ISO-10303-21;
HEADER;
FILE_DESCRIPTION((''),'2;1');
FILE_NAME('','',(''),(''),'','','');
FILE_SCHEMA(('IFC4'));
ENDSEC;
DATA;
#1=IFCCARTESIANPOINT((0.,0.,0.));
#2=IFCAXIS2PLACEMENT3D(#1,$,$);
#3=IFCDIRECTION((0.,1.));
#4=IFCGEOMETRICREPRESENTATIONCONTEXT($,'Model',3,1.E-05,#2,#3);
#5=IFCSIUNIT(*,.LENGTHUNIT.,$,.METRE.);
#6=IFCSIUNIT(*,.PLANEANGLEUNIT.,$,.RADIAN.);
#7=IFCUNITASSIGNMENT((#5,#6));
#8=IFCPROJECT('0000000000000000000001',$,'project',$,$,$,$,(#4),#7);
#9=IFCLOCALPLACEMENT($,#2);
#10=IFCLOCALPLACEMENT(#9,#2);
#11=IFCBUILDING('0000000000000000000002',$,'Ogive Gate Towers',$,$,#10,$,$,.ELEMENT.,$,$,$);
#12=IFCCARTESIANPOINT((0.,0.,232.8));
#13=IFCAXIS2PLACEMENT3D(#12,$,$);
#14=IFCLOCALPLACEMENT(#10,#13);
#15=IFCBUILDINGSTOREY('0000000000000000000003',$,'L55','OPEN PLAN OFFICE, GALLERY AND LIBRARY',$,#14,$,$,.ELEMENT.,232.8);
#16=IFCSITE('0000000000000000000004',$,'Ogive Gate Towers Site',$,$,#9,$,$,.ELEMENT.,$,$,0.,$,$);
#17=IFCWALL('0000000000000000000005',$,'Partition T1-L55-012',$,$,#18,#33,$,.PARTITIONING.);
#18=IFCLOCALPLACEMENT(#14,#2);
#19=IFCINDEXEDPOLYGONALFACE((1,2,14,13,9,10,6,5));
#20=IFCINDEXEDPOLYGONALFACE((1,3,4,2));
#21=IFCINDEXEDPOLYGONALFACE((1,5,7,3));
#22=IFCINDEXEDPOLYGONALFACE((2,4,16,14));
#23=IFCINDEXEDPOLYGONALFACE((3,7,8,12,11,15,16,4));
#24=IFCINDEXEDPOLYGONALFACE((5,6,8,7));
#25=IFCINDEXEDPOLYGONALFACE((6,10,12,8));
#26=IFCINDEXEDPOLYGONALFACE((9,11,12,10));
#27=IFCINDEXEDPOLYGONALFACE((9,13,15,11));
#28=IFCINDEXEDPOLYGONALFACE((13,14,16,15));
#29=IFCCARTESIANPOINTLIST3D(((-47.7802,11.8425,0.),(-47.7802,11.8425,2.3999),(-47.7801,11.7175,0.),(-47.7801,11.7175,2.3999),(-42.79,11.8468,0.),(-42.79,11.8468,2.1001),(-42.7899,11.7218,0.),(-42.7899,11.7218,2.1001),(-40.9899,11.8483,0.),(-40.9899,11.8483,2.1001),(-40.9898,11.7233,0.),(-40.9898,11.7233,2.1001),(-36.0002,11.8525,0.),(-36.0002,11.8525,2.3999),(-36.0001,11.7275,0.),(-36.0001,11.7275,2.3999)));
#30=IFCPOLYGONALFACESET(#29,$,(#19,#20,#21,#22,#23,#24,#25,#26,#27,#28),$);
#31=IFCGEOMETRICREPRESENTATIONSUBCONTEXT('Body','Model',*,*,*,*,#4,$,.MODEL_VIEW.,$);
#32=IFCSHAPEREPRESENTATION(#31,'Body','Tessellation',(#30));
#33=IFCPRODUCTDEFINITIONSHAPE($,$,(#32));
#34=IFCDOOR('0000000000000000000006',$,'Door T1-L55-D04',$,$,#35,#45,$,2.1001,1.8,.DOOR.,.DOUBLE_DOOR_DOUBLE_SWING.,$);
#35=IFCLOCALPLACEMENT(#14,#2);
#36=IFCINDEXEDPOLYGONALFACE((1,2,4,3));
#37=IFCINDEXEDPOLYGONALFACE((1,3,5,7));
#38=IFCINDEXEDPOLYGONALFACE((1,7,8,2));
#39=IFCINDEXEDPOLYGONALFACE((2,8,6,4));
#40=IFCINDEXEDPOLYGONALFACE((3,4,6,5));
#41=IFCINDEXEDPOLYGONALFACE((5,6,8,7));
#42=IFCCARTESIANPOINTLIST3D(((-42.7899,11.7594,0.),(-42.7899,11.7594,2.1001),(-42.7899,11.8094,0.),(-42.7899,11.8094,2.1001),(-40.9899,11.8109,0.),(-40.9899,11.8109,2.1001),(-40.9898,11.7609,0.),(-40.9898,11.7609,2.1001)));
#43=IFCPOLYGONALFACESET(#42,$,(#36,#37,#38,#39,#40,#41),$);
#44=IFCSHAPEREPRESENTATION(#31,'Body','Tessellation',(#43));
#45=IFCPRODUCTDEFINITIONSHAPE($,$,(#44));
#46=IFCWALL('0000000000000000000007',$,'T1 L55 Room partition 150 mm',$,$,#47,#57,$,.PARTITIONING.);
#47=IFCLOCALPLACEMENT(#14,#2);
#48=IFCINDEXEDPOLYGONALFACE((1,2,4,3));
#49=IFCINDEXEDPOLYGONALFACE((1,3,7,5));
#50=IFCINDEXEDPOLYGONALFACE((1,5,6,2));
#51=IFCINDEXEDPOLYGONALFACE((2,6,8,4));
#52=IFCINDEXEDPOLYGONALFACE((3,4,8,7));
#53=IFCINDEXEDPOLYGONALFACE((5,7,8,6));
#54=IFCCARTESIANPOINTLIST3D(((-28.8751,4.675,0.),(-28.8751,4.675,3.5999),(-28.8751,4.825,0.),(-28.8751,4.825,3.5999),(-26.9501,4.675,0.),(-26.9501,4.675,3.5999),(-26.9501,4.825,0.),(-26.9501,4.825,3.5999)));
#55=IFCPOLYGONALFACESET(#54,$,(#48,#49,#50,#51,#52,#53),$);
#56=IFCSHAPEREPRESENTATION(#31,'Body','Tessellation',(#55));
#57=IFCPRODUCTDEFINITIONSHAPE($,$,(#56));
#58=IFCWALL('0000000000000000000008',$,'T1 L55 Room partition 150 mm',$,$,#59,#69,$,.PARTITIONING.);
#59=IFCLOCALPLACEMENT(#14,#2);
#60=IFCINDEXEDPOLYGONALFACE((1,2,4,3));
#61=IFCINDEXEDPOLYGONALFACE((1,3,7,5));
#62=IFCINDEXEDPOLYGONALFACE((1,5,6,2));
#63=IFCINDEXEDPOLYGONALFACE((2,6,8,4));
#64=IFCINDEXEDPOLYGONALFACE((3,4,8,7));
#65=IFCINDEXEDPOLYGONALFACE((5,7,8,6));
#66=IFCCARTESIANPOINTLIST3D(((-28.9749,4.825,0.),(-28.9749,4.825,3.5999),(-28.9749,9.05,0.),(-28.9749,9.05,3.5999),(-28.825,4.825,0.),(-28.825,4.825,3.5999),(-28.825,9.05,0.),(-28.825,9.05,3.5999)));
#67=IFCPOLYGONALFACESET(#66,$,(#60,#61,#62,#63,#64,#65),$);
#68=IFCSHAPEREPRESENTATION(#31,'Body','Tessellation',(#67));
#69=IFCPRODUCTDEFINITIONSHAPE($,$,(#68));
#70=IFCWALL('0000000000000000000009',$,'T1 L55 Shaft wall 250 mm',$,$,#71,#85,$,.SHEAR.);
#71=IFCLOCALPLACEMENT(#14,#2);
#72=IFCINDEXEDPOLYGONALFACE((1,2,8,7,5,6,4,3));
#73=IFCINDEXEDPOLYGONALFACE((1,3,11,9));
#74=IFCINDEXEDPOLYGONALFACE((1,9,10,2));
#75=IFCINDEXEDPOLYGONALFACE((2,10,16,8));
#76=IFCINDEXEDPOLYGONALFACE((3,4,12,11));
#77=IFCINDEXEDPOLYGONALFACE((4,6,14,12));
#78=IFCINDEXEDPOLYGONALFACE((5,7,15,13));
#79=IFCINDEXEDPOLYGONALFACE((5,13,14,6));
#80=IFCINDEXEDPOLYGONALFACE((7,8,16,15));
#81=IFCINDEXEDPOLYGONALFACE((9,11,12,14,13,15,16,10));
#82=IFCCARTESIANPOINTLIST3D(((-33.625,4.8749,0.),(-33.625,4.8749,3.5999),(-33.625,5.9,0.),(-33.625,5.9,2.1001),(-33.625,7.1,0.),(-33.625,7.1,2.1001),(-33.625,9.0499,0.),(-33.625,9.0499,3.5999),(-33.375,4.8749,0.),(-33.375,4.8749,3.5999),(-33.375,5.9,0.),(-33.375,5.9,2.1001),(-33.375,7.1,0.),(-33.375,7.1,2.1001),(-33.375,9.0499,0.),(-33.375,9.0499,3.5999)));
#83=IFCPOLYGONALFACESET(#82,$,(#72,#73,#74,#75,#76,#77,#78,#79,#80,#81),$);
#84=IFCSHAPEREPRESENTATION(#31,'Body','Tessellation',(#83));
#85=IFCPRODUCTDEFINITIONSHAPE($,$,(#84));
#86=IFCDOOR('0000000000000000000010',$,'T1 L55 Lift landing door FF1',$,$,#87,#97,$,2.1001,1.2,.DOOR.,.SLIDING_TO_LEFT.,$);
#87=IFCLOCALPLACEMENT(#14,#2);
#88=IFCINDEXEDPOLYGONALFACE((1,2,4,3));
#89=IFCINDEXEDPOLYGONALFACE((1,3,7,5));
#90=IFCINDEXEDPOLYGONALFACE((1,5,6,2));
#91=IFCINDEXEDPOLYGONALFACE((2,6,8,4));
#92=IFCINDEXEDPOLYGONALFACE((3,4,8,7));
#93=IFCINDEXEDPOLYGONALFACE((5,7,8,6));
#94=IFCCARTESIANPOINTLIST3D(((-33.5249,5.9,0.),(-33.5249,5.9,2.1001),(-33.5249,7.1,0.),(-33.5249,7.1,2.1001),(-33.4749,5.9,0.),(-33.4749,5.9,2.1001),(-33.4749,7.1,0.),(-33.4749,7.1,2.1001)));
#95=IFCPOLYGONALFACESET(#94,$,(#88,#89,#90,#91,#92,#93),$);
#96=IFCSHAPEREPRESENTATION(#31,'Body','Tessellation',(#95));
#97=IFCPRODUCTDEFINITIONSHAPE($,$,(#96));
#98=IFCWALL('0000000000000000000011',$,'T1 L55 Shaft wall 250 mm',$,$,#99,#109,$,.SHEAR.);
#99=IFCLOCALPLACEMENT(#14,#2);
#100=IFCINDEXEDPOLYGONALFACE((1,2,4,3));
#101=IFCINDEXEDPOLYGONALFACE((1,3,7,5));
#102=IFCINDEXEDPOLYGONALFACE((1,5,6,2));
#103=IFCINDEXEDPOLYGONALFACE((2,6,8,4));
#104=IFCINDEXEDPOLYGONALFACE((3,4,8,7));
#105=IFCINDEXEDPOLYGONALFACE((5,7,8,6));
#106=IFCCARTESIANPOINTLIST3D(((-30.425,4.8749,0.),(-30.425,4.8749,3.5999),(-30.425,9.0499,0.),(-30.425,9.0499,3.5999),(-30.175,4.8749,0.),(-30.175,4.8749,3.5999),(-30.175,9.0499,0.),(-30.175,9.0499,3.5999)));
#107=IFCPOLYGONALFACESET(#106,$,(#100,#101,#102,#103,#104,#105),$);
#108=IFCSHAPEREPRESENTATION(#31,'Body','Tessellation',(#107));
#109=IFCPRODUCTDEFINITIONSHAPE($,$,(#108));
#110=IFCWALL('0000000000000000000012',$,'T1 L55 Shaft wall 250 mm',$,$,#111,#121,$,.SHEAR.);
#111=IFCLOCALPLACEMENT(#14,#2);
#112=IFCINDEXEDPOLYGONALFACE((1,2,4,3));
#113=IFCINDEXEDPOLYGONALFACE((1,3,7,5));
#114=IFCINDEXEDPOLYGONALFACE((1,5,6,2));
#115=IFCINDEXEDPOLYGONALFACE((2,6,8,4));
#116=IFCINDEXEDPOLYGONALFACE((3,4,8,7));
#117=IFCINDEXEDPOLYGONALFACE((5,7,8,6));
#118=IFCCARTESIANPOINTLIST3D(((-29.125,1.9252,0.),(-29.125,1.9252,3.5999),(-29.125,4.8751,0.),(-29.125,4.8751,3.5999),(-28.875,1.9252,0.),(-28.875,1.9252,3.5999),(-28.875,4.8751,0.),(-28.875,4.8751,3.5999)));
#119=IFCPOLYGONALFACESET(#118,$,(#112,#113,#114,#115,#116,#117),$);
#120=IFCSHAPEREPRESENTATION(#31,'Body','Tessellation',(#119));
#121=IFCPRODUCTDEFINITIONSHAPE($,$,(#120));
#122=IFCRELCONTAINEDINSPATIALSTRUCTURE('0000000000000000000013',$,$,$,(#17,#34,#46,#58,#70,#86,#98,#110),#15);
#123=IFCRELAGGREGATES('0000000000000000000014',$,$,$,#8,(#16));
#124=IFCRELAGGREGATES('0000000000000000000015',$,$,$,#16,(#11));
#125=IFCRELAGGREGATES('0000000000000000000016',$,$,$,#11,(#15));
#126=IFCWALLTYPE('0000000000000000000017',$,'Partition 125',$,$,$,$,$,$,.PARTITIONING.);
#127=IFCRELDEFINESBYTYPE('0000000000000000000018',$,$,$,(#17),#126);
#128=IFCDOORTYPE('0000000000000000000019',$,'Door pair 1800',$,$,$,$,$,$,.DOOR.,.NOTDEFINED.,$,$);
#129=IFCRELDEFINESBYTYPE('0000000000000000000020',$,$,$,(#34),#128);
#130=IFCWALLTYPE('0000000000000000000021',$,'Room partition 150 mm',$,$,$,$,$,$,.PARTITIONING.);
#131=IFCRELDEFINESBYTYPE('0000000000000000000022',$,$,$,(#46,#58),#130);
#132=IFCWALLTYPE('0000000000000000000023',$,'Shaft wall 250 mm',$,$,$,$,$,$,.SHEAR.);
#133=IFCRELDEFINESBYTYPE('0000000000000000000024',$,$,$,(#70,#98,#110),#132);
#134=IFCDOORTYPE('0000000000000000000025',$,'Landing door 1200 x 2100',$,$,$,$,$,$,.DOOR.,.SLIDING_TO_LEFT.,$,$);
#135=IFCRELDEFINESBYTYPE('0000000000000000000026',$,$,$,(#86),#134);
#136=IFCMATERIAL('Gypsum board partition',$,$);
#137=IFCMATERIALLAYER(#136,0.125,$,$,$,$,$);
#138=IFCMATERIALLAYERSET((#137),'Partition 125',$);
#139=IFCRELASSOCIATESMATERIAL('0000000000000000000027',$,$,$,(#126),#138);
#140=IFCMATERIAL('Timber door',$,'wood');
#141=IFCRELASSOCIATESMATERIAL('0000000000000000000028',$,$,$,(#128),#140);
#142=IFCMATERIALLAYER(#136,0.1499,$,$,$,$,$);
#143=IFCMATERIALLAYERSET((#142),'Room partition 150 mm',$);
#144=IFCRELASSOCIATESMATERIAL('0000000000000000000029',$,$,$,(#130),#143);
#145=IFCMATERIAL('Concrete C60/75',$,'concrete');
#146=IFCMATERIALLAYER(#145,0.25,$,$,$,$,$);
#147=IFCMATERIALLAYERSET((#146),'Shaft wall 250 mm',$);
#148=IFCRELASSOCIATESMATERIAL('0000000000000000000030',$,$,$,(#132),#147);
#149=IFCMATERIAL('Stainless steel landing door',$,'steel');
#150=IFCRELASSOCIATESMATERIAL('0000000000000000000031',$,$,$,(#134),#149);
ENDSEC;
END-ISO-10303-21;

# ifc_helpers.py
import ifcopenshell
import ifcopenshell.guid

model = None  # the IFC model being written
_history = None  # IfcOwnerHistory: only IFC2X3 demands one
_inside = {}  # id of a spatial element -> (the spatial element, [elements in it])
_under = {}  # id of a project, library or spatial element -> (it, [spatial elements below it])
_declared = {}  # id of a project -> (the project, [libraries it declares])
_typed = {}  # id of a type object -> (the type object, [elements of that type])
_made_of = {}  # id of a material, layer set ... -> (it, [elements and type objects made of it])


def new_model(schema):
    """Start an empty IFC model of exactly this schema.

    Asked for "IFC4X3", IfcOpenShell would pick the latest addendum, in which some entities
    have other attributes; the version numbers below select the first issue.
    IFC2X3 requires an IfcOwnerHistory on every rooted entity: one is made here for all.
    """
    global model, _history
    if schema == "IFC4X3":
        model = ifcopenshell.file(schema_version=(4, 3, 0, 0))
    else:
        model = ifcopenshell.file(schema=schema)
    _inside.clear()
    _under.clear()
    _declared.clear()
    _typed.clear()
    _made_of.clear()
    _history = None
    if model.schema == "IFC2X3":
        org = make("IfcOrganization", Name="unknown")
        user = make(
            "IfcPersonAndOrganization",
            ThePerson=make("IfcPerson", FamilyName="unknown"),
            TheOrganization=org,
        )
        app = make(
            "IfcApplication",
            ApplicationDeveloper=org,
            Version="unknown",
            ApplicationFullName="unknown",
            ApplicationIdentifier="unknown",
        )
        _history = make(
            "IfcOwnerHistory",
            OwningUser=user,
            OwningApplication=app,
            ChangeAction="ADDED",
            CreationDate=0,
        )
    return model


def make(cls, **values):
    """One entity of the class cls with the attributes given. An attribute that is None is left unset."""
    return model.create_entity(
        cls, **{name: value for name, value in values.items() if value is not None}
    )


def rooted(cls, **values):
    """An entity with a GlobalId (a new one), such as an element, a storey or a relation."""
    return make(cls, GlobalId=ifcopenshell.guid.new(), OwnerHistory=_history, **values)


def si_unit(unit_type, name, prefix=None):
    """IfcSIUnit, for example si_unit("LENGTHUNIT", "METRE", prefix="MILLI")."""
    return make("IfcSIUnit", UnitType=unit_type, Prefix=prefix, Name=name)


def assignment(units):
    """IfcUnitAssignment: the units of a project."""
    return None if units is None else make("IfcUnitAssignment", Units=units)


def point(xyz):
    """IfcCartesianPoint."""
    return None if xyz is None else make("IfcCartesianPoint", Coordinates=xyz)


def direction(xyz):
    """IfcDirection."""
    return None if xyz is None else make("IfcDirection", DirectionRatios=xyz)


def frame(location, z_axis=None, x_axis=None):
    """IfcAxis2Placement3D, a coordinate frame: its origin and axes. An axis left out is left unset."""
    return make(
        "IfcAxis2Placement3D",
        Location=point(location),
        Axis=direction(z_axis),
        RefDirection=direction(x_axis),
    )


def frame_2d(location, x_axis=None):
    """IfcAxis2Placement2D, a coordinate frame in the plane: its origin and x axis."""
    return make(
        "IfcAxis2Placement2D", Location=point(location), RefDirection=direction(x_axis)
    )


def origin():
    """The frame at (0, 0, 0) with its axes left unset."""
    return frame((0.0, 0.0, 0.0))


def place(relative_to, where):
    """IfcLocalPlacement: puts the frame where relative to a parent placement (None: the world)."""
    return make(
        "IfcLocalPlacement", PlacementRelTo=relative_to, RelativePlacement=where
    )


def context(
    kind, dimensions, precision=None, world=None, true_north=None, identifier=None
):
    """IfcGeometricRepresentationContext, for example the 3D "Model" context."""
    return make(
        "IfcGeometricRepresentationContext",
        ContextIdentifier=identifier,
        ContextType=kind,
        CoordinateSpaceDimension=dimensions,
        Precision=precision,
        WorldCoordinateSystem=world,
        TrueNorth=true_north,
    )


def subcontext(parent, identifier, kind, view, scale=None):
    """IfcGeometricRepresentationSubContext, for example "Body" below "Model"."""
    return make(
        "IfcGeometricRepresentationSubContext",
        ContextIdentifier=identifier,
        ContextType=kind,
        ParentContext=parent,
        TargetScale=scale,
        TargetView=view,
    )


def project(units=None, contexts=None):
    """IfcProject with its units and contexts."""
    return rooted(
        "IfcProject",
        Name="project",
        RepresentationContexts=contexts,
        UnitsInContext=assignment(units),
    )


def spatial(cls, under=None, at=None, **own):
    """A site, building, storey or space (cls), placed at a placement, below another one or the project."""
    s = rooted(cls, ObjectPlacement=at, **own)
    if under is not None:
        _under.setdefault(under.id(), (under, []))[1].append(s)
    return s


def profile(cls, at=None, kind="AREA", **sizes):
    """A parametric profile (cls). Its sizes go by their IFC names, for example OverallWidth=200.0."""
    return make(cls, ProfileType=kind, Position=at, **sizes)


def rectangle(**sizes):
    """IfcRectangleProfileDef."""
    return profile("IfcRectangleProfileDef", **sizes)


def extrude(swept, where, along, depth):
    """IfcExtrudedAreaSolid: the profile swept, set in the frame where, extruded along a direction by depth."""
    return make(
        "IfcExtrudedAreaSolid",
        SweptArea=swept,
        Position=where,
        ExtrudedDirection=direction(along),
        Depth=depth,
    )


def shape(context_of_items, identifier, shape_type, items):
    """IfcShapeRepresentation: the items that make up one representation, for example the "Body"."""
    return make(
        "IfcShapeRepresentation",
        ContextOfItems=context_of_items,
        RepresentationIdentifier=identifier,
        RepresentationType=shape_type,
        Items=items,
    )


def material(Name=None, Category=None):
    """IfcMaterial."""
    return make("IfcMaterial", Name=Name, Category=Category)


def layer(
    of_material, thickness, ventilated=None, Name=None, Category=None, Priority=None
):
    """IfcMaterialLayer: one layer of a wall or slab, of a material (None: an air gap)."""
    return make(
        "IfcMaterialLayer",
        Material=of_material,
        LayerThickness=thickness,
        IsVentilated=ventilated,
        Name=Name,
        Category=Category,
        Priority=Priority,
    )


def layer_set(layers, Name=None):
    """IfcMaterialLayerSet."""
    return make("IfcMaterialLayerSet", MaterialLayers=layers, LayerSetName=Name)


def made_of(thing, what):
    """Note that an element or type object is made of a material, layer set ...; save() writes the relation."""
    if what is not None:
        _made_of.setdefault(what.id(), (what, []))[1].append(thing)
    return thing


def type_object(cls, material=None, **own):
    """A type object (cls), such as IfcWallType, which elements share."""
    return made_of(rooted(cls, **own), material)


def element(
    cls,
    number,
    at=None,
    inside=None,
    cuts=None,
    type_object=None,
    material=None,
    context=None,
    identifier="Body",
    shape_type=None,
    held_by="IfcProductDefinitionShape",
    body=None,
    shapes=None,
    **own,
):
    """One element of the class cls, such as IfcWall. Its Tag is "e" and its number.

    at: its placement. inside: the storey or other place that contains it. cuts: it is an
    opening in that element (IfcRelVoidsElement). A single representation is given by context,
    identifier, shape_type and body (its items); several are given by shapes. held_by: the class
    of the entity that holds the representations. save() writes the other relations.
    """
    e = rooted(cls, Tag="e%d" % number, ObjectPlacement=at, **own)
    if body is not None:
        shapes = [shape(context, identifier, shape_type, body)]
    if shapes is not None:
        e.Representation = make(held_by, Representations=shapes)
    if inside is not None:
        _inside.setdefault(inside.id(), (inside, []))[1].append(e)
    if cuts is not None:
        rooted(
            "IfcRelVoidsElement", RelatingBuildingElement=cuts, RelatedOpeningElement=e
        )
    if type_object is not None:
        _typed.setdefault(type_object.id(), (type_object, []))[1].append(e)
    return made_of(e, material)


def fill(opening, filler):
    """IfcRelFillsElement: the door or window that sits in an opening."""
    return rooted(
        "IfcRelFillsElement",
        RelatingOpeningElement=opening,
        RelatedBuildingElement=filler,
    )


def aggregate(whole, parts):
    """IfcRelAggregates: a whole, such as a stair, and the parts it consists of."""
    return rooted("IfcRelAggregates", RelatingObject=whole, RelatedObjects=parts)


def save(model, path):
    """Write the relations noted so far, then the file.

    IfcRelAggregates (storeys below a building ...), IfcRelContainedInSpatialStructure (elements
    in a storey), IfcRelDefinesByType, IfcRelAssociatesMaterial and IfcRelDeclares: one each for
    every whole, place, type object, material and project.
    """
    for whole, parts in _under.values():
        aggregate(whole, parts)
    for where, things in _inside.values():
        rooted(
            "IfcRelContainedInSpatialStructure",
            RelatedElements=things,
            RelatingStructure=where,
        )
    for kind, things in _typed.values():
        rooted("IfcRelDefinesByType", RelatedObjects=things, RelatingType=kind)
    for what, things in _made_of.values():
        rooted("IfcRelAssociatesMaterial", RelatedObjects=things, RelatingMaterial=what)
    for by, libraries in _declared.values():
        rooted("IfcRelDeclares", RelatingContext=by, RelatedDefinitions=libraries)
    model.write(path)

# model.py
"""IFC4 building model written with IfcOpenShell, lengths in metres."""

from ifc_helpers import new_model, si_unit, direction, frame, frame_2d, origin, place, context, subcontext, project, spatial, rectangle, extrude, material, layer, layer_set, type_object, element, fill, save


model = new_model("IFC4")

# Units and contexts
model_context = context("Model", 3, precision=1e-05, world=origin(), true_north=direction((0.0, 1.0)))
body_context = subcontext(model_context, "Body", "Model", "MODEL_VIEW")
ifc_project = project(units=[si_unit("LENGTHUNIT", "METRE"), si_unit("PLANEANGLEUNIT", "RADIAN")], contexts=[model_context])

# Site, building, storey
site_placement = place(None, origin())
site = spatial("IfcSite", under=ifc_project, at=site_placement, Name="Ogive Gate Towers Site", CompositionType="ELEMENT", RefElevation=0.0)
building_placement = place(site_placement, origin())
building = spatial("IfcBuilding", under=site, at=building_placement, Name="Ogive Gate Towers", CompositionType="ELEMENT")
storey_placement = place(building_placement, frame((0.0, 0.0, 232.8)))
storey = spatial("IfcBuildingStorey", under=building, at=storey_placement, Name="L55", Description="OPEN PLAN OFFICE, GALLERY AND LIBRARY", CompositionType="ELEMENT", Elevation=232.8)

# Shared definitions
ifc_material_1 = material(Name="Gypsum board partition")
ifc_layer_1 = layer(ifc_material_1, 0.125)
ifc_layer_set_1 = layer_set([ifc_layer_1], Name="Partition 125")
wall_type_1 = type_object("IfcWallType", Name="Partition 125", PredefinedType="PARTITIONING", material=ifc_layer_set_1)

# Wall, opening, door
ifc_material_2 = material(Name="Timber door", Category="wood")
door_type_1 = type_object("IfcDoorType", Name="Door pair 1800", OperationType="NOTDEFINED", PredefinedType="DOOR", material=ifc_material_2)
wall_1_placement = place(storey_placement, frame((-36.0, 11.79, 0.0), z_axis=(0.0, 0.0, 1.0), x_axis=(-1.0, -0.00085, 0.0)))
wall_1 = element("IfcWall", 1, at=wall_1_placement, inside=storey, type_object=wall_type_1, Name="Partition T1-L55-012", PredefinedType="PARTITIONING", context=body_context, shape_type="SweptSolid", body=[
    extrude(rectangle(XDim=11.78, YDim=0.125, at=frame_2d((5.8901, 0.0))), origin(), (0.0, 0.0, 1.0), 2.3999),
])
opening_1_placement = place(wall_1_placement, frame((4.99, 0.0, 0.0)))
opening_1 = element("IfcOpeningElement", 2, at=opening_1_placement, cuts=wall_1, PredefinedType="OPENING", context=body_context, shape_type="SweptSolid", body=[
    extrude(rectangle(XDim=1.8, YDim=2.1001, at=frame_2d((0.8999, 1.05))), frame((0.0, 0.0725, 0.0), z_axis=(0.0, -1.0, 0.0), x_axis=(1.0, 0.0, 0.0)), (0.0, 0.0, 1.0), 0.145),
])
door_1_placement = place(opening_1_placement, origin())
door_1 = element("IfcDoor", 3, at=door_1_placement, inside=storey, type_object=door_type_1, Name="Door T1-L55-D04", OperationType="DOUBLE_DOOR_DOUBLE_SWING", OverallHeight=2.1001, OverallWidth=1.8, PredefinedType="DOOR", context=body_context, shape_type="SweptSolid", body=[
    extrude(rectangle(XDim=1.8, YDim=2.1001, at=frame_2d((0.8999, 1.05))), frame((0.0, 0.0249, 0.0), z_axis=(0.0, -1.0, 0.0), x_axis=(1.0, 0.0, 0.0)), (0.0, 0.0, 1.0), 0.05),
])
fill(opening_1, door_1)

# Walls
ifc_layer_2 = layer(ifc_material_1, 0.1499)
ifc_layer_set_2 = layer_set([ifc_layer_2], Name="Room partition 150 mm")
wall_type_2 = type_object("IfcWallType", Name="Room partition 150 mm", PredefinedType="PARTITIONING", material=ifc_layer_set_2)
wall_2_placement = place(storey_placement, frame((-28.875, 4.75, 0.0), z_axis=(0.0, 0.0, 1.0), x_axis=(1.0, 0.0, 0.0)))
element("IfcWall", 4, at=wall_2_placement, inside=storey, type_object=wall_type_2, Name="T1 L55 Room partition 150 mm", PredefinedType="PARTITIONING", context=body_context, shape_type="SweptSolid", body=[
    extrude(rectangle(XDim=1.925, YDim=0.1499, at=frame_2d((0.9624, 0.0))), origin(), (0.0, 0.0, 1.0), 3.5999),
])
wall_3_placement = place(storey_placement, frame((-28.8999, 4.825, 0.0), z_axis=(0.0, 0.0, 1.0), x_axis=(0.0, 1.0, 0.0)))
element("IfcWall", 5, at=wall_3_placement, inside=storey, type_object=wall_type_2, Name="T1 L55 Room partition 150 mm", PredefinedType="PARTITIONING", context=body_context, shape_type="SweptSolid", body=[
    extrude(rectangle(XDim=4.2251, YDim=0.1499, at=frame_2d((2.1125, 0.0))), origin(), (0.0, 0.0, 1.0), 3.5999),
])

# Wall, opening, door
ifc_material_3 = material(Name="Concrete C60/75", Category="concrete")
ifc_layer_3 = layer(ifc_material_3, 0.25)
ifc_layer_set_3 = layer_set([ifc_layer_3], Name="Shaft wall 250 mm")
wall_type_3 = type_object("IfcWallType", Name="Shaft wall 250 mm", PredefinedType="SHEAR", material=ifc_layer_set_3)
wall_4_placement = place(storey_placement, frame((-33.5, 4.875, 0.0), z_axis=(0.0, 0.0, 1.0), x_axis=(0.0, 1.0, 0.0)))
wall_4 = element("IfcWall", 6, at=wall_4_placement, inside=storey, type_object=wall_type_3, Name="T1 L55 Shaft wall 250 mm", PredefinedType="SHEAR", context=body_context, shape_type="SweptSolid", body=[
    extrude(rectangle(XDim=4.175, YDim=0.25, at=frame_2d((2.0874, 0.0))), origin(), (0.0, 0.0, 1.0), 3.5999),
])
opening_2_placement = place(wall_4_placement, frame((1.0249, 0.0, 0.0)))
opening_2 = element("IfcOpeningElement", 7, at=opening_2_placement, cuts=wall_4, PredefinedType="OPENING", context=body_context, shape_type="SweptSolid", body=[
    extrude(rectangle(XDim=1.2, YDim=2.1001, at=frame_2d((0.6001, 1.05))), frame((0.0, 0.135, 0.0), z_axis=(0.0, -1.0, 0.0), x_axis=(1.0, 0.0, 0.0)), (0.0, 0.0, 1.0), 0.27),
])
ifc_material_4 = material(Name="Stainless steel landing door", Category="steel")
door_type_2 = type_object("IfcDoorType", Name="Landing door 1200 x 2100", OperationType="SLIDING_TO_LEFT", PredefinedType="DOOR", material=ifc_material_4)
door_2_placement = place(opening_2_placement, origin())
door_2 = element("IfcDoor", 8, at=door_2_placement, inside=storey, type_object=door_type_2, Name="T1 L55 Lift landing door FF1", OperationType="SLIDING_TO_LEFT", OverallHeight=2.1001, OverallWidth=1.2, PredefinedType="DOOR", context=body_context, shape_type="SweptSolid", body=[
    extrude(rectangle(XDim=1.2, YDim=2.1001, at=frame_2d((0.6001, 1.05))), frame((0.0, 0.0249, 0.0), z_axis=(0.0, -1.0, 0.0), x_axis=(1.0, 0.0, 0.0)), (0.0, 0.0, 1.0), 0.05),
])
fill(opening_2, door_2)

# Walls
wall_5_placement = place(storey_placement, frame((-30.3, 4.875, 0.0), z_axis=(0.0, 0.0, 1.0), x_axis=(0.0, 1.0, 0.0)))
element("IfcWall", 9, at=wall_5_placement, inside=storey, type_object=wall_type_3, Name="T1 L55 Shaft wall 250 mm", PredefinedType="SHEAR", context=body_context, shape_type="SweptSolid", body=[
    extrude(rectangle(XDim=4.175, YDim=0.25, at=frame_2d((2.0874, 0.0))), origin(), (0.0, 0.0, 1.0), 3.5999),
])
wall_6_placement = place(storey_placement, frame((-29.0, 1.925, 0.0), z_axis=(0.0, 0.0, 1.0), x_axis=(0.0, 1.0, 0.0)))
element("IfcWall", 10, at=wall_6_placement, inside=storey, type_object=wall_type_3, Name="T1 L55 Shaft wall 250 mm", PredefinedType="SHEAR", context=body_context, shape_type="SweptSolid", body=[
    extrude(rectangle(XDim=2.95, YDim=0.25, at=frame_2d((1.4751, 0.0))), origin(), (0.0, 0.0, 1.0), 3.5999),
])

save(model, "model.ifc")
